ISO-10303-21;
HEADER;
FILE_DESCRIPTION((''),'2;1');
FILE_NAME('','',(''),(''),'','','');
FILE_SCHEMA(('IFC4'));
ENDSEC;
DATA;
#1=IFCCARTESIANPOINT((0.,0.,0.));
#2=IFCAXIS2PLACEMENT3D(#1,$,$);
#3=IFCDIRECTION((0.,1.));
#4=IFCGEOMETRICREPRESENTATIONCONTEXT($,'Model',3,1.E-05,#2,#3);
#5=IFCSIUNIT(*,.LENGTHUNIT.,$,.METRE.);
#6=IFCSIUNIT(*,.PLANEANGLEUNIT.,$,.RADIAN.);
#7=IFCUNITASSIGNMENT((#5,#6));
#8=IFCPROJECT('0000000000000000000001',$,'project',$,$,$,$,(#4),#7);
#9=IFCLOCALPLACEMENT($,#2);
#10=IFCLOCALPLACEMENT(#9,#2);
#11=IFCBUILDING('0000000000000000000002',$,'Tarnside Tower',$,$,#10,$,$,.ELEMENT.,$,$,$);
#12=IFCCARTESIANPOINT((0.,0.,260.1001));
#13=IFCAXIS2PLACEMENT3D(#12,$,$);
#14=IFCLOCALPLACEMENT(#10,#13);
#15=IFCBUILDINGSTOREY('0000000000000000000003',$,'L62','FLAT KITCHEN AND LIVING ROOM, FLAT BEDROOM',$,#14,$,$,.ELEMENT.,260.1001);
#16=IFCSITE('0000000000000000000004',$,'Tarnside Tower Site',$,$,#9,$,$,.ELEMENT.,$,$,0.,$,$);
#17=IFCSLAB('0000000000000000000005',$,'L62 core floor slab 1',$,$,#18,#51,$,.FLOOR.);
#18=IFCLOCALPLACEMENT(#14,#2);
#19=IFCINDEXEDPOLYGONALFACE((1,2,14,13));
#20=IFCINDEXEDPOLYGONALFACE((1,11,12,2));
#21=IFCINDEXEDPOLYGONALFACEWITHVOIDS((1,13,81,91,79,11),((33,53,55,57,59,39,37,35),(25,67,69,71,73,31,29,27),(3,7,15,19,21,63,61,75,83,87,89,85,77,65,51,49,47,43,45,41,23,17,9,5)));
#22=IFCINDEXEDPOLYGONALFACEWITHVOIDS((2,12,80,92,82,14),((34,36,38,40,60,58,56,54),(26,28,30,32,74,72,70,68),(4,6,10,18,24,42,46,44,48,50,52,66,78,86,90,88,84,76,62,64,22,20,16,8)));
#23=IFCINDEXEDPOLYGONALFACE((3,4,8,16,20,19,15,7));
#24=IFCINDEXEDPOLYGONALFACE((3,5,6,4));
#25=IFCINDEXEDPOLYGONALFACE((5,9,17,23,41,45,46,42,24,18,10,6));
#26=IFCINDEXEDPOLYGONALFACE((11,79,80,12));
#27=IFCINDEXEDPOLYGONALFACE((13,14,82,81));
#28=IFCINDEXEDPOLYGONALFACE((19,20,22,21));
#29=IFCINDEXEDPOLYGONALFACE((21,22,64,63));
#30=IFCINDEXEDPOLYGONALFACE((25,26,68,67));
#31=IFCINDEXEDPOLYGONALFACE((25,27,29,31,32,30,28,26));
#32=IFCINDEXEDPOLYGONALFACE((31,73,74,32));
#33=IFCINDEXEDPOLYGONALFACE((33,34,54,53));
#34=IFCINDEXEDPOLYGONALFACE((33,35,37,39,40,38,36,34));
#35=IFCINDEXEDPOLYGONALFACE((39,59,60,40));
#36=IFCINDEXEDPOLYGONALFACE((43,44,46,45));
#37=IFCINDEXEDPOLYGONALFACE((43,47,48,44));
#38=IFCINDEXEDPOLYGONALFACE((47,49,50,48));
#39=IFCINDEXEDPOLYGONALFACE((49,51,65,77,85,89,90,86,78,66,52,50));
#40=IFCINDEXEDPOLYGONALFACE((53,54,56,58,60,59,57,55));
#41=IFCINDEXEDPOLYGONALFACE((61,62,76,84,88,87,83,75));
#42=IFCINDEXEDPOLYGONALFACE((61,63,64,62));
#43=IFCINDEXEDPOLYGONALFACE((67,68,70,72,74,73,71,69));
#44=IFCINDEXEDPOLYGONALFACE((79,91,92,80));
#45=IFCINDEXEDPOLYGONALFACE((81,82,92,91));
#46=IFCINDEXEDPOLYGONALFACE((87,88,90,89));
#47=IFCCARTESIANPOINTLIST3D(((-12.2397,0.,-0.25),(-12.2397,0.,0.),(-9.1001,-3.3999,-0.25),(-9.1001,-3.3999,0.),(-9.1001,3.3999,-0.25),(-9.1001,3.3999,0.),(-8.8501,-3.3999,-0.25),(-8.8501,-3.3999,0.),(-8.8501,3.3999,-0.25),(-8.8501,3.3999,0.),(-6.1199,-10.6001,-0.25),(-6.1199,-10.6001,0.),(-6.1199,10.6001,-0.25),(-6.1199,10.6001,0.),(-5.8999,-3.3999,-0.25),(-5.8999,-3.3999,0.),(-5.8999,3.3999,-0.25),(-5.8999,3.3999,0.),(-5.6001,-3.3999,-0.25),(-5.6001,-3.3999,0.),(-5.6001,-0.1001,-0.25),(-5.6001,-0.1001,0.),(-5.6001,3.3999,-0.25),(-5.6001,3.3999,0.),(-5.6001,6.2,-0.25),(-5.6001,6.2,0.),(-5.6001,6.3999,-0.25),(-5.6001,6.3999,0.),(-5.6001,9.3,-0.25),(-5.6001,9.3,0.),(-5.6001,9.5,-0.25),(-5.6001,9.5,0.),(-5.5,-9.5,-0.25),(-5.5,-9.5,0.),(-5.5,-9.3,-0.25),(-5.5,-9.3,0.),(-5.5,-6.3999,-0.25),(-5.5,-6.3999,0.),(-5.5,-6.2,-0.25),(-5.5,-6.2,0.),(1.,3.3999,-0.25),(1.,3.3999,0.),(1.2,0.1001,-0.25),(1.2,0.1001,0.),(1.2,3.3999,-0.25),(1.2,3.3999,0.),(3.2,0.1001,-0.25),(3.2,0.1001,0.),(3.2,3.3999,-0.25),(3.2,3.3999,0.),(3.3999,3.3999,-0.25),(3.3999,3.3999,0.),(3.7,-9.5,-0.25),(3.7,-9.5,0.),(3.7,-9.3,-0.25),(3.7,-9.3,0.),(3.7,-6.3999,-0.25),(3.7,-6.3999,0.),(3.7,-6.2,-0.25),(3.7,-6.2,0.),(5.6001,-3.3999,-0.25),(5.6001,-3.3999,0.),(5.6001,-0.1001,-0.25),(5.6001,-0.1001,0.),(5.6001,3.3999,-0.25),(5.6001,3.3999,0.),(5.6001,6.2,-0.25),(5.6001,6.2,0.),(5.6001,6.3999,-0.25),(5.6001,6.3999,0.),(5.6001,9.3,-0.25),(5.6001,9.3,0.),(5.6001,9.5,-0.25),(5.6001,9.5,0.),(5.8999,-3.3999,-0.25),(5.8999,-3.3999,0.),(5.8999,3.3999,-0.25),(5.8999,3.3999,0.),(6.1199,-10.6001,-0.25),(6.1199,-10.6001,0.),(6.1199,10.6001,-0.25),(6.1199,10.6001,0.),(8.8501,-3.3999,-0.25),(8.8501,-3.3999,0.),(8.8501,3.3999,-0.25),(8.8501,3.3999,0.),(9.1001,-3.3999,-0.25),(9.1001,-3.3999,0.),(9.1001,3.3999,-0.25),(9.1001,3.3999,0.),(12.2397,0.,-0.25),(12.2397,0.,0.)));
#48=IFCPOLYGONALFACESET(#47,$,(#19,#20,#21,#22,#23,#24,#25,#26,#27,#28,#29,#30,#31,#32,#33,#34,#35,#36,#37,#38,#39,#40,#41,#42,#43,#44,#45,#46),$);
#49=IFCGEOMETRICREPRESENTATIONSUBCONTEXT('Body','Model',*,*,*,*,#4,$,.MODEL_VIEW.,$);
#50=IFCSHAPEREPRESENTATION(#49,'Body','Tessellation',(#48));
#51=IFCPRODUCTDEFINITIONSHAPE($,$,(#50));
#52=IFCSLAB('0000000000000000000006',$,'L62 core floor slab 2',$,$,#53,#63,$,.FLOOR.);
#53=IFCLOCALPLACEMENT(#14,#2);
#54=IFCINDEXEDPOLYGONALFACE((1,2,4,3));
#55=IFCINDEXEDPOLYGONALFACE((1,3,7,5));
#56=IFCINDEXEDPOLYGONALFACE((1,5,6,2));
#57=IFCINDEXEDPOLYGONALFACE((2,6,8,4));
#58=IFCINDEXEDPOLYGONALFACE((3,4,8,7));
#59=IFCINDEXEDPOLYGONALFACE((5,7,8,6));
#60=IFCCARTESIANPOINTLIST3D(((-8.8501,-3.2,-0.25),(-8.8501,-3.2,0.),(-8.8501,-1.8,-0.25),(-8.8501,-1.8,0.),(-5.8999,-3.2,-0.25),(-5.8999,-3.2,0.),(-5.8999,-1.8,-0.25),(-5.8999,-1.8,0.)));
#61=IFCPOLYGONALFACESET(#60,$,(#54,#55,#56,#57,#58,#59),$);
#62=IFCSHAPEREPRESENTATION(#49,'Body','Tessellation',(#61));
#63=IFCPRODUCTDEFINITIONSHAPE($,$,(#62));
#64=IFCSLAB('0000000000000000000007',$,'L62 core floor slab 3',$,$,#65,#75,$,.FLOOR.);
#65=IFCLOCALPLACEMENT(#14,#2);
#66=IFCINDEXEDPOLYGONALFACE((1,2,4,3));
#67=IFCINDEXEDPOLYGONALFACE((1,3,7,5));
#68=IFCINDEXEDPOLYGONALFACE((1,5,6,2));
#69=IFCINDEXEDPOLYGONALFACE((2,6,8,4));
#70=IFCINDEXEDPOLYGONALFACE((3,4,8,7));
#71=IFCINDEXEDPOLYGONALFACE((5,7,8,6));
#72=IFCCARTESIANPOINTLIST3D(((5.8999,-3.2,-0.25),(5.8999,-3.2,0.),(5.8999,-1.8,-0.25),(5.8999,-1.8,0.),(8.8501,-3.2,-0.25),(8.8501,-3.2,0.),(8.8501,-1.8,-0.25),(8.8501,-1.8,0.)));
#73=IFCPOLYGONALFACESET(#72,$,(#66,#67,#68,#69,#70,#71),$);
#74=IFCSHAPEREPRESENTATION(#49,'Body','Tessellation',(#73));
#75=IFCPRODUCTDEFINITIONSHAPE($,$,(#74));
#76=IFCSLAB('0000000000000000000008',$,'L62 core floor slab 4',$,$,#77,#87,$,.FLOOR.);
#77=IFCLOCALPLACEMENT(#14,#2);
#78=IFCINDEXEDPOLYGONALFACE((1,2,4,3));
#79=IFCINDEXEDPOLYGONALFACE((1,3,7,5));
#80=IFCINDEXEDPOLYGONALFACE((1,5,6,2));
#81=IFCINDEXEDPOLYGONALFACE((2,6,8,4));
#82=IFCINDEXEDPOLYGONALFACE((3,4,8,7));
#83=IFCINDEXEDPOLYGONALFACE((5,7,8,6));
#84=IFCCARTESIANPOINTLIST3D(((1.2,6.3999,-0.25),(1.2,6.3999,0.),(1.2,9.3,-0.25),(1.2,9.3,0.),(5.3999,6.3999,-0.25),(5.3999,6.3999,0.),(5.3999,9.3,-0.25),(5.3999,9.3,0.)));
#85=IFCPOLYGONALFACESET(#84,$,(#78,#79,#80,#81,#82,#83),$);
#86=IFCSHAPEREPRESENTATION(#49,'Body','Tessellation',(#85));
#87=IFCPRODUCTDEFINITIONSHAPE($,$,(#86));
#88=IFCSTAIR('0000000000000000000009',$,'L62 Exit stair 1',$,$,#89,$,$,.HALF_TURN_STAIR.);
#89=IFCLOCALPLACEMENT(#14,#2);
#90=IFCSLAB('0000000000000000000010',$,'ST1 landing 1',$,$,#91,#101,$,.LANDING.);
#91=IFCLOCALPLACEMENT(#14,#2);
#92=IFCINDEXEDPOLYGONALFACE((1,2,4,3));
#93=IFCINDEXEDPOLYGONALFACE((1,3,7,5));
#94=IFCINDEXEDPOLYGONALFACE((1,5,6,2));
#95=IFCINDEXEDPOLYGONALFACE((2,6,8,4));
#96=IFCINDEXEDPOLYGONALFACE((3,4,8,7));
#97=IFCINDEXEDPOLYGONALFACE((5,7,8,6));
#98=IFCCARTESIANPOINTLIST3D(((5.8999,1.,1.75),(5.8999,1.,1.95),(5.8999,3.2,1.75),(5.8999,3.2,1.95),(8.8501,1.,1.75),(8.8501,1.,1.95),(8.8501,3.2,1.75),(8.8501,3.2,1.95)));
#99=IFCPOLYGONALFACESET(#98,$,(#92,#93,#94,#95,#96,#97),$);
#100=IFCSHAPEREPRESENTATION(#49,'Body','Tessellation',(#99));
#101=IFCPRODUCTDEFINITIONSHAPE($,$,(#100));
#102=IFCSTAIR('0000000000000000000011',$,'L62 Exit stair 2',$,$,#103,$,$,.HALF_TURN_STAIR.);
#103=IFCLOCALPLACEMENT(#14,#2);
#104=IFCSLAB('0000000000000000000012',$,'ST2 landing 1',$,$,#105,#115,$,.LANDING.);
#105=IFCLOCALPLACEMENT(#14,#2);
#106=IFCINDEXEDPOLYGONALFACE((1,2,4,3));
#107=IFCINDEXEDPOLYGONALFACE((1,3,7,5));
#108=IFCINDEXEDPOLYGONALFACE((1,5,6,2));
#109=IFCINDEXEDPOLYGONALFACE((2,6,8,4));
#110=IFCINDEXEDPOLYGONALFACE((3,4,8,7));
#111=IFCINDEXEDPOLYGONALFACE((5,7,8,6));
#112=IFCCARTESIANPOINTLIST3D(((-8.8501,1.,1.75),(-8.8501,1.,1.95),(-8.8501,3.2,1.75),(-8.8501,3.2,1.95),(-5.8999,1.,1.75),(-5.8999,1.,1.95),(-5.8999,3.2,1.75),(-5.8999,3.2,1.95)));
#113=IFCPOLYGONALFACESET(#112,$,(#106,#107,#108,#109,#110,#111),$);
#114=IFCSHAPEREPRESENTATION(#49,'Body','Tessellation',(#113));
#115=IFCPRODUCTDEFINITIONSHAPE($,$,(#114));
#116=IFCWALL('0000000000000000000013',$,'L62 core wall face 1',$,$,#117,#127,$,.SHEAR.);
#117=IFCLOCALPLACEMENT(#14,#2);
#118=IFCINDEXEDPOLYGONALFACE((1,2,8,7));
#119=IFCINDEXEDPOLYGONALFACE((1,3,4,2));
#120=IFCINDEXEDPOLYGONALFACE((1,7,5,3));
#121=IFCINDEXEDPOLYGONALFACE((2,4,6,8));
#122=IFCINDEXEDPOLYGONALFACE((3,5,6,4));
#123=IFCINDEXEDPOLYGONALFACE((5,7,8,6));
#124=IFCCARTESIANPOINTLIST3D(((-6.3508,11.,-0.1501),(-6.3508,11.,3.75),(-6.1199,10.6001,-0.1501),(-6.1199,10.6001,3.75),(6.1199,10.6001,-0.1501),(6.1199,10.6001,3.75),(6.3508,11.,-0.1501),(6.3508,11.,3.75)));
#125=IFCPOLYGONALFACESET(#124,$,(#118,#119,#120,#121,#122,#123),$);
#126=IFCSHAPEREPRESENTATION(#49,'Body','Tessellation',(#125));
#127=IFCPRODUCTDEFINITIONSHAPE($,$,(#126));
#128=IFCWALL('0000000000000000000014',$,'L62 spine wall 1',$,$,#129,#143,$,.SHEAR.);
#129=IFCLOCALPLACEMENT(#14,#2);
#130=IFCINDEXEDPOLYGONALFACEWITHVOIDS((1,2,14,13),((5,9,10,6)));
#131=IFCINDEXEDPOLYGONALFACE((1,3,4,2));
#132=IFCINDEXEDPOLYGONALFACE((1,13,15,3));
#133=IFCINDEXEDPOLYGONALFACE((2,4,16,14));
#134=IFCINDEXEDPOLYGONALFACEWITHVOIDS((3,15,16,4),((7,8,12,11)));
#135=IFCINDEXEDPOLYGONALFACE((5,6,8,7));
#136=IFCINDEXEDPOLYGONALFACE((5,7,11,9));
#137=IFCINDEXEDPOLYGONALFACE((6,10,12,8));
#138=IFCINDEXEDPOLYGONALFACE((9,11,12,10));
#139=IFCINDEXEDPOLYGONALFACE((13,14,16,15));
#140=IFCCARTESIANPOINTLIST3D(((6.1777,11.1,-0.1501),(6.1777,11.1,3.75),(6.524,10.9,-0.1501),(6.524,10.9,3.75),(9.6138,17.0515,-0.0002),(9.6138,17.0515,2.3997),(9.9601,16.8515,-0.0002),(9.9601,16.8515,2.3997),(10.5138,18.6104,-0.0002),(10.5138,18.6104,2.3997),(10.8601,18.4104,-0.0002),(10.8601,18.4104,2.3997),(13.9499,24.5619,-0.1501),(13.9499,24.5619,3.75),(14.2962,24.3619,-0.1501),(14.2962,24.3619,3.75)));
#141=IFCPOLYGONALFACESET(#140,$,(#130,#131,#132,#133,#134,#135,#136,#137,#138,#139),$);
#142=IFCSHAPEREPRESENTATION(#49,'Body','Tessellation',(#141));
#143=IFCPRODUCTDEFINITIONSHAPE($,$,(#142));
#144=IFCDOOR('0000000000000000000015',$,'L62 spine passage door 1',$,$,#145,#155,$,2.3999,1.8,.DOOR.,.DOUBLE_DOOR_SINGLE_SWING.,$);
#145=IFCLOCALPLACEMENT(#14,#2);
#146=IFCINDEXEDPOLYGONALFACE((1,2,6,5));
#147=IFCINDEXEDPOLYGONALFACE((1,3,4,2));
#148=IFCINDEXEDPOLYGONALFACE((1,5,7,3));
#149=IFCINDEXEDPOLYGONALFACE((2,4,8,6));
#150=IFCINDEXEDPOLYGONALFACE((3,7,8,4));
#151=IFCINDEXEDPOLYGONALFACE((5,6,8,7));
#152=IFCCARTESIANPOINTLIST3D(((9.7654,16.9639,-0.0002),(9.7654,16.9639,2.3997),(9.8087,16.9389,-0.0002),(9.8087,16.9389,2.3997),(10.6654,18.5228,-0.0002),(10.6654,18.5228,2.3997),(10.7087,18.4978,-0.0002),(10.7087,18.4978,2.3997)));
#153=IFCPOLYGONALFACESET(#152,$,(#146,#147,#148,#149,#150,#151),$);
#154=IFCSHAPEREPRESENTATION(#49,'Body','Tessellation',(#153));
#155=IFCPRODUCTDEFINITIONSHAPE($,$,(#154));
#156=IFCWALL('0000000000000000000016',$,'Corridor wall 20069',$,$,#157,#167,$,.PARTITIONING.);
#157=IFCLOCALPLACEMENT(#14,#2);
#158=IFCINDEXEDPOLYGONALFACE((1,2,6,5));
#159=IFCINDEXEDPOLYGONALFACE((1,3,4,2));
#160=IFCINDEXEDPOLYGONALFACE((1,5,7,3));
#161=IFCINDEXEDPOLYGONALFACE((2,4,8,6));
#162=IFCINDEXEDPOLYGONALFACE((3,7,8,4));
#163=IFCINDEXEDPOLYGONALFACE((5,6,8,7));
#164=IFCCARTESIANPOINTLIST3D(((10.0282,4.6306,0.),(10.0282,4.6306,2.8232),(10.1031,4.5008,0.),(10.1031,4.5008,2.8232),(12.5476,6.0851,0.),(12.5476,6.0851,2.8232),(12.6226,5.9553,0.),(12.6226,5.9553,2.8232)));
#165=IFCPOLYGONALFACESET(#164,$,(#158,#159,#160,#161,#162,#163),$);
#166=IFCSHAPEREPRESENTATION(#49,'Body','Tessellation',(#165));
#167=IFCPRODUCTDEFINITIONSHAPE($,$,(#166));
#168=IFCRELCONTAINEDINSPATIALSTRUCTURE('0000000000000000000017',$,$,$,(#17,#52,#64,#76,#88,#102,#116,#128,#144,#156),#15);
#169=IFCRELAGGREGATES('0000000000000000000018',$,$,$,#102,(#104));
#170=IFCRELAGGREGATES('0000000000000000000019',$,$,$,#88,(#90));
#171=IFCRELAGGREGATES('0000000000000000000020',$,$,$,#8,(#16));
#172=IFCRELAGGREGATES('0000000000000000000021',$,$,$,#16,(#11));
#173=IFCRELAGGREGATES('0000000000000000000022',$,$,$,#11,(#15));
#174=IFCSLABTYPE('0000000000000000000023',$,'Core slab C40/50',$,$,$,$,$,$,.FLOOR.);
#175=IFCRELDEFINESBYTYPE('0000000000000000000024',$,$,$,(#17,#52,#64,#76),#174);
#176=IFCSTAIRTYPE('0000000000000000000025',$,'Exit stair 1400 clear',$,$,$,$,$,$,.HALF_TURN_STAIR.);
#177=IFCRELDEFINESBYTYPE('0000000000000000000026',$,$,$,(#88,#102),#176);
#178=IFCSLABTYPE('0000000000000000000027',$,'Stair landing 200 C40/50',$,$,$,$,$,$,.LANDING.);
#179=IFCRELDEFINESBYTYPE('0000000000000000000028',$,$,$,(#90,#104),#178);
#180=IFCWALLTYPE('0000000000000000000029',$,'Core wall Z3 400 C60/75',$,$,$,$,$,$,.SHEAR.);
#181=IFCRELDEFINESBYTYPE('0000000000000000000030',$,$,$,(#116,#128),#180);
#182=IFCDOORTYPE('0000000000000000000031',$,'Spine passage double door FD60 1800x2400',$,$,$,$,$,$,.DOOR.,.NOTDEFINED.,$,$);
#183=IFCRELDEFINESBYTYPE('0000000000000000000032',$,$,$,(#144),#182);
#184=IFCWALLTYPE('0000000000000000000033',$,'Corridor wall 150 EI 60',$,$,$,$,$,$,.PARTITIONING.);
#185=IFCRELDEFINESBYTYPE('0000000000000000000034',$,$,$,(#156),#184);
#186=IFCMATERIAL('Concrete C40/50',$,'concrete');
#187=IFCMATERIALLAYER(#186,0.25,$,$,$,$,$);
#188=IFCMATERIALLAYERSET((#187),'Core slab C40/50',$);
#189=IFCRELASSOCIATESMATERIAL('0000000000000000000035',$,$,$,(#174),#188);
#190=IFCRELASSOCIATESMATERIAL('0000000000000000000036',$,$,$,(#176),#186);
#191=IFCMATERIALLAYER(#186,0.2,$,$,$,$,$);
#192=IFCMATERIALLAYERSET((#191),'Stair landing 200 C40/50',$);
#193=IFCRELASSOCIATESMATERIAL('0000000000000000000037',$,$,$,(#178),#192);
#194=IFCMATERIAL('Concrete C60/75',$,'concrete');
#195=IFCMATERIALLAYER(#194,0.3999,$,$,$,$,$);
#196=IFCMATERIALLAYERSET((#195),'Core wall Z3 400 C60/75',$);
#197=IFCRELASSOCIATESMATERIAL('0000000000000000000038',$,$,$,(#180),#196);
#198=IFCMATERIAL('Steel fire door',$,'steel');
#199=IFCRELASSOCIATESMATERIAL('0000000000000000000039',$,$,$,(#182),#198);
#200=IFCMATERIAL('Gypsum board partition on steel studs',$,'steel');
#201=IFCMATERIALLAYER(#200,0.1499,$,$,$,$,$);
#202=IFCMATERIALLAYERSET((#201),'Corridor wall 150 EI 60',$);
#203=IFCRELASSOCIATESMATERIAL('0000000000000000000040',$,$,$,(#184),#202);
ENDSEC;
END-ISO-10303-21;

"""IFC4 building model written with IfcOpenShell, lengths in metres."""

from ifc_helpers import new_model, si_unit, direction, frame, frame_2d, origin, place, context, subcontext, project, spatial, polyline, rectangle, outline, extrude, material, layer, layer_set, type_object, element, fill, aggregate, save


model = new_model("IFC4")

# Units and contexts
model_context = context("Model", 3, precision=1e-05, world=origin(), true_north=direction((0.0, 1.0)))
body_context = subcontext(model_context, "Body", "Model", "MODEL_VIEW")
ifc_project = project(units=[si_unit("LENGTHUNIT", "METRE"), si_unit("PLANEANGLEUNIT", "RADIAN")], contexts=[model_context])

# Site, building, storey
site_placement = place(None, origin())
site = spatial("IfcSite", under=ifc_project, at=site_placement, Name="Tarnside Tower Site", CompositionType="ELEMENT", RefElevation=0.0)
building_placement = place(site_placement, origin())
building = spatial("IfcBuilding", under=site, at=building_placement, Name="Tarnside Tower", CompositionType="ELEMENT")
storey_placement = place(building_placement, frame((0.0, 0.0, 260.1001)))
storey = spatial("IfcBuildingStorey", under=building, at=storey_placement, Name="L62", Description="FLAT KITCHEN AND LIVING ROOM, FLAT BEDROOM", CompositionType="ELEMENT", Elevation=260.1001)

# Slabs
ifc_material_1 = material(Name="Concrete C40/50", Category="concrete")
ifc_layer_1 = layer(ifc_material_1, 0.25)
ifc_layer_set_1 = layer_set([ifc_layer_1], Name="Core slab C40/50")
slab_type_1 = type_object("IfcSlabType", Name="Core slab C40/50", PredefinedType="FLOOR", material=ifc_layer_set_1)
slab_1_placement = place(storey_placement, frame((0.0, 0.0, -0.25)))
element("IfcSlab", 1, at=slab_1_placement, inside=storey, type_object=slab_type_1, Name="L62 core floor slab 1", PredefinedType="FLOOR", context=body_context, shape_type="SweptSolid", body=[
    extrude(outline(polyline([(6.1199, 10.6001), (12.2397, 0.0), (6.1199, -10.6001), (-6.1199, -10.6001), (-12.2397, 0.0), (-6.1199, 10.6001), (6.1199, 10.6001)]), holes=[polyline([(-5.5, -9.5), (3.7, -9.5), (3.7, -9.3), (3.7, -6.3999), (3.7, -6.2), (-5.5, -6.2), (-5.5, -6.3999), (-5.5, -9.3), (-5.5, -9.5)]), polyline([(-5.6001, -3.3999), (-5.6001, -0.1001), (5.6001, -0.1001), (5.6001, -3.3999), (5.8999, -3.3999), (8.8501, -3.3999), (9.1001, -3.3999), (9.1001, 3.3999), (8.8501, 3.3999), (5.8999, 3.3999), (5.6001, 3.3999), (3.3999, 3.3999), (3.2, 3.3999), (3.2, 0.1001), (1.2, 0.1001), (1.2, 3.3999), (1.0, 3.3999), (-5.6001, 3.3999), (-5.8999, 3.3999), (-8.8501, 3.3999), (-9.1001, 3.3999), (-9.1001, -3.3999), (-8.8501, -3.3999), (-5.8999, -3.3999), (-5.6001, -3.3999)]), polyline([(-5.6001, 6.2), (5.6001, 6.2), (5.6001, 6.3999), (5.6001, 9.3), (5.6001, 9.5), (-5.6001, 9.5), (-5.6001, 9.3), (-5.6001, 6.3999), (-5.6001, 6.2)])]), origin(), (0.0, 0.0, 1.0), 0.25),
])
slab_2_placement = place(storey_placement, frame((0.0, 0.0, -0.25)))
element("IfcSlab", 2, at=slab_2_placement, inside=storey, type_object=slab_type_1, Name="L62 core floor slab 2", PredefinedType="FLOOR", context=body_context, shape_type="SweptSolid", body=[
    extrude(outline(polyline([(-8.8501, -3.2), (-8.8501, -1.8), (-5.8999, -1.8), (-5.8999, -3.2), (-8.8501, -3.2)])), origin(), (0.0, 0.0, 1.0), 0.25),
])
slab_3_placement = place(storey_placement, frame((0.0, 0.0, -0.25)))
element("IfcSlab", 3, at=slab_3_placement, inside=storey, type_object=slab_type_1, Name="L62 core floor slab 3", PredefinedType="FLOOR", context=body_context, shape_type="SweptSolid", body=[
    extrude(outline(polyline([(5.8999, -1.8), (8.8501, -1.8), (8.8501, -3.2), (5.8999, -3.2), (5.8999, -1.8)])), origin(), (0.0, 0.0, 1.0), 0.25),
])
slab_4_placement = place(storey_placement, frame((0.0, 0.0, -0.25)))
element("IfcSlab", 4, at=slab_4_placement, inside=storey, type_object=slab_type_1, Name="L62 core floor slab 4", PredefinedType="FLOOR", context=body_context, shape_type="SweptSolid", body=[
    extrude(outline(polyline([(5.3999, 6.3999), (1.2, 6.3999), (1.2, 9.3), (5.3999, 9.3), (5.3999, 6.3999)])), origin(), (0.0, 0.0, 1.0), 0.25),
])

# Stairs, slabs
stair_type = type_object("IfcStairType", Name="Exit stair 1400 clear", PredefinedType="HALF_TURN_STAIR", material=ifc_material_1)
stair_1_placement = place(storey_placement, origin())
stair_1 = element("IfcStair", 5, at=stair_1_placement, inside=storey, type_object=stair_type, Name="L62 Exit stair 1", PredefinedType="HALF_TURN_STAIR")
ifc_layer_2 = layer(ifc_material_1, 0.2)
ifc_layer_set_2 = layer_set([ifc_layer_2], Name="Stair landing 200 C40/50")
slab_type_2 = type_object("IfcSlabType", Name="Stair landing 200 C40/50", PredefinedType="LANDING", material=ifc_layer_set_2)
slab_5_placement = place(storey_placement, frame((0.0, 0.0, 1.75)))
slab_5 = element("IfcSlab", 6, at=slab_5_placement, type_object=slab_type_2, Name="ST1 landing 1", PredefinedType="LANDING", context=body_context, shape_type="SweptSolid", body=[
    extrude(outline(polyline([(8.8501, 1.0), (8.8501, 3.2), (5.8999, 3.2), (5.8999, 1.0), (8.8501, 1.0)])), origin(), (0.0, 0.0, 1.0), 0.2),
])
stair_2_placement = place(storey_placement, origin())
stair_2 = element("IfcStair", 7, at=stair_2_placement, inside=storey, type_object=stair_type, Name="L62 Exit stair 2", PredefinedType="HALF_TURN_STAIR")
slab_6_placement = place(storey_placement, frame((0.0, 0.0, 1.75)))
slab_6 = element("IfcSlab", 8, at=slab_6_placement, type_object=slab_type_2, Name="ST2 landing 1", PredefinedType="LANDING", context=body_context, shape_type="SweptSolid", body=[
    extrude(outline(polyline([(-5.8999, 1.0), (-5.8999, 3.2), (-8.8501, 3.2), (-8.8501, 1.0), (-5.8999, 1.0)])), origin(), (0.0, 0.0, 1.0), 0.2),
])
aggregate(stair_2, [slab_6])

# Wall
ifc_material_2 = material(Name="Concrete C60/75", Category="concrete")
ifc_layer_3 = layer(ifc_material_2, 0.3999)
ifc_layer_set_3 = layer_set([ifc_layer_3], Name="Core wall Z3 400 C60/75")
wall_type_1 = type_object("IfcWallType", Name="Core wall Z3 400 C60/75", PredefinedType="SHEAR", material=ifc_layer_set_3)
wall_1_placement = place(storey_placement, frame((6.2354, 10.8, -0.1501), z_axis=(0.0, 0.0, 1.0), x_axis=(-1.0, 0.0, 0.0)))
element("IfcWall", 9, at=wall_1_placement, inside=storey, type_object=wall_type_1, Name="L62 core wall face 1", PredefinedType="SHEAR", context=body_context, shape_type="SweptSolid", body=[
    extrude(outline(polyline([(-0.1155, -0.2), (12.5862, -0.2), (12.3552, 0.2), (0.1155, 0.2), (-0.1155, -0.2)])), origin(), (0.0, 0.0, 1.0), 3.9001),
])

# Wall, opening, door
wall_2_placement = place(storey_placement, frame((6.3508, 11.0, -0.1501), z_axis=(0.0, 0.0, 1.0), x_axis=(0.499999, 0.866026, 0.0)))
wall_2 = element("IfcWall", 10, at=wall_2_placement, inside=storey, type_object=wall_type_1, Name="L62 spine wall 1", PredefinedType="SHEAR", context=body_context, shape_type="SweptSolid", body=[
    extrude(rectangle(XDim=15.5444, YDim=0.3999, at=frame_2d((7.7722, 0.0))), origin(), (0.0, 0.0, 1.0), 3.9001),
])
opening_1_placement = place(wall_2_placement, frame((6.8723, 0.0, 0.1499)))
opening_1 = element("IfcOpeningElement", 11, at=opening_1_placement, cuts=wall_2, PredefinedType="OPENING", context=body_context, shape_type="SweptSolid", body=[
    extrude(rectangle(XDim=1.8, YDim=2.3999, at=frame_2d((0.8999, 1.2))), frame((0.0, 0.21, 0.0), z_axis=(0.0, -1.0, 0.0), x_axis=(1.0, 0.0, 0.0)), (0.0, 0.0, 1.0), 0.4199),
])
ifc_material_3 = material(Name="Steel fire door", Category="steel")
door_type_1 = type_object("IfcDoorType", Name="Spine passage double door FD60 1800x2400", OperationType="NOTDEFINED", PredefinedType="DOOR", material=ifc_material_3)
door_1_placement = place(opening_1_placement, origin())
door_1 = element("IfcDoor", 12, at=door_1_placement, inside=storey, type_object=door_type_1, Name="L62 spine passage door 1", OperationType="DOUBLE_DOOR_SINGLE_SWING", OverallHeight=2.3999, OverallWidth=1.8, PredefinedType="DOOR", context=body_context, shape_type="SweptSolid", body=[
    extrude(rectangle(XDim=1.8, YDim=2.3999, at=frame_2d((0.8999, 1.2))), frame((0.0, 0.0249, 0.0), z_axis=(0.0, -1.0, 0.0), x_axis=(1.0, 0.0, 0.0)), (0.0, 0.0, 1.0), 0.05),
])
fill(opening_1, door_1)

# Wall
ifc_material_4 = material(Name="Gypsum board partition on steel studs", Category="steel")
ifc_layer_4 = layer(ifc_material_4, 0.1499)
ifc_layer_set_4 = layer_set([ifc_layer_4], Name="Corridor wall 150 EI 60")
wall_type_2 = type_object("IfcWallType", Name="Corridor wall 150 EI 60", PredefinedType="PARTITIONING", material=ifc_layer_set_4)
wall_3_placement = place(storey_placement, frame((10.0657, 4.5657, 0.0), z_axis=(0.0, 0.0, 1.0), x_axis=(0.866035, 0.499984, 0.0)))
element("IfcWall", 13, at=wall_3_placement, inside=storey, type_object=wall_type_2, Name="Corridor wall 20069", PredefinedType="PARTITIONING", context=body_context, shape_type="SweptSolid", body=[
    extrude(rectangle(XDim=2.9092, YDim=0.1499, at=frame_2d((1.4546, 0.0))), origin(), (0.0, 0.0, 1.0), 2.8232),
])

aggregate(stair_1, [slab_5])

save(model, "model.ifc")
